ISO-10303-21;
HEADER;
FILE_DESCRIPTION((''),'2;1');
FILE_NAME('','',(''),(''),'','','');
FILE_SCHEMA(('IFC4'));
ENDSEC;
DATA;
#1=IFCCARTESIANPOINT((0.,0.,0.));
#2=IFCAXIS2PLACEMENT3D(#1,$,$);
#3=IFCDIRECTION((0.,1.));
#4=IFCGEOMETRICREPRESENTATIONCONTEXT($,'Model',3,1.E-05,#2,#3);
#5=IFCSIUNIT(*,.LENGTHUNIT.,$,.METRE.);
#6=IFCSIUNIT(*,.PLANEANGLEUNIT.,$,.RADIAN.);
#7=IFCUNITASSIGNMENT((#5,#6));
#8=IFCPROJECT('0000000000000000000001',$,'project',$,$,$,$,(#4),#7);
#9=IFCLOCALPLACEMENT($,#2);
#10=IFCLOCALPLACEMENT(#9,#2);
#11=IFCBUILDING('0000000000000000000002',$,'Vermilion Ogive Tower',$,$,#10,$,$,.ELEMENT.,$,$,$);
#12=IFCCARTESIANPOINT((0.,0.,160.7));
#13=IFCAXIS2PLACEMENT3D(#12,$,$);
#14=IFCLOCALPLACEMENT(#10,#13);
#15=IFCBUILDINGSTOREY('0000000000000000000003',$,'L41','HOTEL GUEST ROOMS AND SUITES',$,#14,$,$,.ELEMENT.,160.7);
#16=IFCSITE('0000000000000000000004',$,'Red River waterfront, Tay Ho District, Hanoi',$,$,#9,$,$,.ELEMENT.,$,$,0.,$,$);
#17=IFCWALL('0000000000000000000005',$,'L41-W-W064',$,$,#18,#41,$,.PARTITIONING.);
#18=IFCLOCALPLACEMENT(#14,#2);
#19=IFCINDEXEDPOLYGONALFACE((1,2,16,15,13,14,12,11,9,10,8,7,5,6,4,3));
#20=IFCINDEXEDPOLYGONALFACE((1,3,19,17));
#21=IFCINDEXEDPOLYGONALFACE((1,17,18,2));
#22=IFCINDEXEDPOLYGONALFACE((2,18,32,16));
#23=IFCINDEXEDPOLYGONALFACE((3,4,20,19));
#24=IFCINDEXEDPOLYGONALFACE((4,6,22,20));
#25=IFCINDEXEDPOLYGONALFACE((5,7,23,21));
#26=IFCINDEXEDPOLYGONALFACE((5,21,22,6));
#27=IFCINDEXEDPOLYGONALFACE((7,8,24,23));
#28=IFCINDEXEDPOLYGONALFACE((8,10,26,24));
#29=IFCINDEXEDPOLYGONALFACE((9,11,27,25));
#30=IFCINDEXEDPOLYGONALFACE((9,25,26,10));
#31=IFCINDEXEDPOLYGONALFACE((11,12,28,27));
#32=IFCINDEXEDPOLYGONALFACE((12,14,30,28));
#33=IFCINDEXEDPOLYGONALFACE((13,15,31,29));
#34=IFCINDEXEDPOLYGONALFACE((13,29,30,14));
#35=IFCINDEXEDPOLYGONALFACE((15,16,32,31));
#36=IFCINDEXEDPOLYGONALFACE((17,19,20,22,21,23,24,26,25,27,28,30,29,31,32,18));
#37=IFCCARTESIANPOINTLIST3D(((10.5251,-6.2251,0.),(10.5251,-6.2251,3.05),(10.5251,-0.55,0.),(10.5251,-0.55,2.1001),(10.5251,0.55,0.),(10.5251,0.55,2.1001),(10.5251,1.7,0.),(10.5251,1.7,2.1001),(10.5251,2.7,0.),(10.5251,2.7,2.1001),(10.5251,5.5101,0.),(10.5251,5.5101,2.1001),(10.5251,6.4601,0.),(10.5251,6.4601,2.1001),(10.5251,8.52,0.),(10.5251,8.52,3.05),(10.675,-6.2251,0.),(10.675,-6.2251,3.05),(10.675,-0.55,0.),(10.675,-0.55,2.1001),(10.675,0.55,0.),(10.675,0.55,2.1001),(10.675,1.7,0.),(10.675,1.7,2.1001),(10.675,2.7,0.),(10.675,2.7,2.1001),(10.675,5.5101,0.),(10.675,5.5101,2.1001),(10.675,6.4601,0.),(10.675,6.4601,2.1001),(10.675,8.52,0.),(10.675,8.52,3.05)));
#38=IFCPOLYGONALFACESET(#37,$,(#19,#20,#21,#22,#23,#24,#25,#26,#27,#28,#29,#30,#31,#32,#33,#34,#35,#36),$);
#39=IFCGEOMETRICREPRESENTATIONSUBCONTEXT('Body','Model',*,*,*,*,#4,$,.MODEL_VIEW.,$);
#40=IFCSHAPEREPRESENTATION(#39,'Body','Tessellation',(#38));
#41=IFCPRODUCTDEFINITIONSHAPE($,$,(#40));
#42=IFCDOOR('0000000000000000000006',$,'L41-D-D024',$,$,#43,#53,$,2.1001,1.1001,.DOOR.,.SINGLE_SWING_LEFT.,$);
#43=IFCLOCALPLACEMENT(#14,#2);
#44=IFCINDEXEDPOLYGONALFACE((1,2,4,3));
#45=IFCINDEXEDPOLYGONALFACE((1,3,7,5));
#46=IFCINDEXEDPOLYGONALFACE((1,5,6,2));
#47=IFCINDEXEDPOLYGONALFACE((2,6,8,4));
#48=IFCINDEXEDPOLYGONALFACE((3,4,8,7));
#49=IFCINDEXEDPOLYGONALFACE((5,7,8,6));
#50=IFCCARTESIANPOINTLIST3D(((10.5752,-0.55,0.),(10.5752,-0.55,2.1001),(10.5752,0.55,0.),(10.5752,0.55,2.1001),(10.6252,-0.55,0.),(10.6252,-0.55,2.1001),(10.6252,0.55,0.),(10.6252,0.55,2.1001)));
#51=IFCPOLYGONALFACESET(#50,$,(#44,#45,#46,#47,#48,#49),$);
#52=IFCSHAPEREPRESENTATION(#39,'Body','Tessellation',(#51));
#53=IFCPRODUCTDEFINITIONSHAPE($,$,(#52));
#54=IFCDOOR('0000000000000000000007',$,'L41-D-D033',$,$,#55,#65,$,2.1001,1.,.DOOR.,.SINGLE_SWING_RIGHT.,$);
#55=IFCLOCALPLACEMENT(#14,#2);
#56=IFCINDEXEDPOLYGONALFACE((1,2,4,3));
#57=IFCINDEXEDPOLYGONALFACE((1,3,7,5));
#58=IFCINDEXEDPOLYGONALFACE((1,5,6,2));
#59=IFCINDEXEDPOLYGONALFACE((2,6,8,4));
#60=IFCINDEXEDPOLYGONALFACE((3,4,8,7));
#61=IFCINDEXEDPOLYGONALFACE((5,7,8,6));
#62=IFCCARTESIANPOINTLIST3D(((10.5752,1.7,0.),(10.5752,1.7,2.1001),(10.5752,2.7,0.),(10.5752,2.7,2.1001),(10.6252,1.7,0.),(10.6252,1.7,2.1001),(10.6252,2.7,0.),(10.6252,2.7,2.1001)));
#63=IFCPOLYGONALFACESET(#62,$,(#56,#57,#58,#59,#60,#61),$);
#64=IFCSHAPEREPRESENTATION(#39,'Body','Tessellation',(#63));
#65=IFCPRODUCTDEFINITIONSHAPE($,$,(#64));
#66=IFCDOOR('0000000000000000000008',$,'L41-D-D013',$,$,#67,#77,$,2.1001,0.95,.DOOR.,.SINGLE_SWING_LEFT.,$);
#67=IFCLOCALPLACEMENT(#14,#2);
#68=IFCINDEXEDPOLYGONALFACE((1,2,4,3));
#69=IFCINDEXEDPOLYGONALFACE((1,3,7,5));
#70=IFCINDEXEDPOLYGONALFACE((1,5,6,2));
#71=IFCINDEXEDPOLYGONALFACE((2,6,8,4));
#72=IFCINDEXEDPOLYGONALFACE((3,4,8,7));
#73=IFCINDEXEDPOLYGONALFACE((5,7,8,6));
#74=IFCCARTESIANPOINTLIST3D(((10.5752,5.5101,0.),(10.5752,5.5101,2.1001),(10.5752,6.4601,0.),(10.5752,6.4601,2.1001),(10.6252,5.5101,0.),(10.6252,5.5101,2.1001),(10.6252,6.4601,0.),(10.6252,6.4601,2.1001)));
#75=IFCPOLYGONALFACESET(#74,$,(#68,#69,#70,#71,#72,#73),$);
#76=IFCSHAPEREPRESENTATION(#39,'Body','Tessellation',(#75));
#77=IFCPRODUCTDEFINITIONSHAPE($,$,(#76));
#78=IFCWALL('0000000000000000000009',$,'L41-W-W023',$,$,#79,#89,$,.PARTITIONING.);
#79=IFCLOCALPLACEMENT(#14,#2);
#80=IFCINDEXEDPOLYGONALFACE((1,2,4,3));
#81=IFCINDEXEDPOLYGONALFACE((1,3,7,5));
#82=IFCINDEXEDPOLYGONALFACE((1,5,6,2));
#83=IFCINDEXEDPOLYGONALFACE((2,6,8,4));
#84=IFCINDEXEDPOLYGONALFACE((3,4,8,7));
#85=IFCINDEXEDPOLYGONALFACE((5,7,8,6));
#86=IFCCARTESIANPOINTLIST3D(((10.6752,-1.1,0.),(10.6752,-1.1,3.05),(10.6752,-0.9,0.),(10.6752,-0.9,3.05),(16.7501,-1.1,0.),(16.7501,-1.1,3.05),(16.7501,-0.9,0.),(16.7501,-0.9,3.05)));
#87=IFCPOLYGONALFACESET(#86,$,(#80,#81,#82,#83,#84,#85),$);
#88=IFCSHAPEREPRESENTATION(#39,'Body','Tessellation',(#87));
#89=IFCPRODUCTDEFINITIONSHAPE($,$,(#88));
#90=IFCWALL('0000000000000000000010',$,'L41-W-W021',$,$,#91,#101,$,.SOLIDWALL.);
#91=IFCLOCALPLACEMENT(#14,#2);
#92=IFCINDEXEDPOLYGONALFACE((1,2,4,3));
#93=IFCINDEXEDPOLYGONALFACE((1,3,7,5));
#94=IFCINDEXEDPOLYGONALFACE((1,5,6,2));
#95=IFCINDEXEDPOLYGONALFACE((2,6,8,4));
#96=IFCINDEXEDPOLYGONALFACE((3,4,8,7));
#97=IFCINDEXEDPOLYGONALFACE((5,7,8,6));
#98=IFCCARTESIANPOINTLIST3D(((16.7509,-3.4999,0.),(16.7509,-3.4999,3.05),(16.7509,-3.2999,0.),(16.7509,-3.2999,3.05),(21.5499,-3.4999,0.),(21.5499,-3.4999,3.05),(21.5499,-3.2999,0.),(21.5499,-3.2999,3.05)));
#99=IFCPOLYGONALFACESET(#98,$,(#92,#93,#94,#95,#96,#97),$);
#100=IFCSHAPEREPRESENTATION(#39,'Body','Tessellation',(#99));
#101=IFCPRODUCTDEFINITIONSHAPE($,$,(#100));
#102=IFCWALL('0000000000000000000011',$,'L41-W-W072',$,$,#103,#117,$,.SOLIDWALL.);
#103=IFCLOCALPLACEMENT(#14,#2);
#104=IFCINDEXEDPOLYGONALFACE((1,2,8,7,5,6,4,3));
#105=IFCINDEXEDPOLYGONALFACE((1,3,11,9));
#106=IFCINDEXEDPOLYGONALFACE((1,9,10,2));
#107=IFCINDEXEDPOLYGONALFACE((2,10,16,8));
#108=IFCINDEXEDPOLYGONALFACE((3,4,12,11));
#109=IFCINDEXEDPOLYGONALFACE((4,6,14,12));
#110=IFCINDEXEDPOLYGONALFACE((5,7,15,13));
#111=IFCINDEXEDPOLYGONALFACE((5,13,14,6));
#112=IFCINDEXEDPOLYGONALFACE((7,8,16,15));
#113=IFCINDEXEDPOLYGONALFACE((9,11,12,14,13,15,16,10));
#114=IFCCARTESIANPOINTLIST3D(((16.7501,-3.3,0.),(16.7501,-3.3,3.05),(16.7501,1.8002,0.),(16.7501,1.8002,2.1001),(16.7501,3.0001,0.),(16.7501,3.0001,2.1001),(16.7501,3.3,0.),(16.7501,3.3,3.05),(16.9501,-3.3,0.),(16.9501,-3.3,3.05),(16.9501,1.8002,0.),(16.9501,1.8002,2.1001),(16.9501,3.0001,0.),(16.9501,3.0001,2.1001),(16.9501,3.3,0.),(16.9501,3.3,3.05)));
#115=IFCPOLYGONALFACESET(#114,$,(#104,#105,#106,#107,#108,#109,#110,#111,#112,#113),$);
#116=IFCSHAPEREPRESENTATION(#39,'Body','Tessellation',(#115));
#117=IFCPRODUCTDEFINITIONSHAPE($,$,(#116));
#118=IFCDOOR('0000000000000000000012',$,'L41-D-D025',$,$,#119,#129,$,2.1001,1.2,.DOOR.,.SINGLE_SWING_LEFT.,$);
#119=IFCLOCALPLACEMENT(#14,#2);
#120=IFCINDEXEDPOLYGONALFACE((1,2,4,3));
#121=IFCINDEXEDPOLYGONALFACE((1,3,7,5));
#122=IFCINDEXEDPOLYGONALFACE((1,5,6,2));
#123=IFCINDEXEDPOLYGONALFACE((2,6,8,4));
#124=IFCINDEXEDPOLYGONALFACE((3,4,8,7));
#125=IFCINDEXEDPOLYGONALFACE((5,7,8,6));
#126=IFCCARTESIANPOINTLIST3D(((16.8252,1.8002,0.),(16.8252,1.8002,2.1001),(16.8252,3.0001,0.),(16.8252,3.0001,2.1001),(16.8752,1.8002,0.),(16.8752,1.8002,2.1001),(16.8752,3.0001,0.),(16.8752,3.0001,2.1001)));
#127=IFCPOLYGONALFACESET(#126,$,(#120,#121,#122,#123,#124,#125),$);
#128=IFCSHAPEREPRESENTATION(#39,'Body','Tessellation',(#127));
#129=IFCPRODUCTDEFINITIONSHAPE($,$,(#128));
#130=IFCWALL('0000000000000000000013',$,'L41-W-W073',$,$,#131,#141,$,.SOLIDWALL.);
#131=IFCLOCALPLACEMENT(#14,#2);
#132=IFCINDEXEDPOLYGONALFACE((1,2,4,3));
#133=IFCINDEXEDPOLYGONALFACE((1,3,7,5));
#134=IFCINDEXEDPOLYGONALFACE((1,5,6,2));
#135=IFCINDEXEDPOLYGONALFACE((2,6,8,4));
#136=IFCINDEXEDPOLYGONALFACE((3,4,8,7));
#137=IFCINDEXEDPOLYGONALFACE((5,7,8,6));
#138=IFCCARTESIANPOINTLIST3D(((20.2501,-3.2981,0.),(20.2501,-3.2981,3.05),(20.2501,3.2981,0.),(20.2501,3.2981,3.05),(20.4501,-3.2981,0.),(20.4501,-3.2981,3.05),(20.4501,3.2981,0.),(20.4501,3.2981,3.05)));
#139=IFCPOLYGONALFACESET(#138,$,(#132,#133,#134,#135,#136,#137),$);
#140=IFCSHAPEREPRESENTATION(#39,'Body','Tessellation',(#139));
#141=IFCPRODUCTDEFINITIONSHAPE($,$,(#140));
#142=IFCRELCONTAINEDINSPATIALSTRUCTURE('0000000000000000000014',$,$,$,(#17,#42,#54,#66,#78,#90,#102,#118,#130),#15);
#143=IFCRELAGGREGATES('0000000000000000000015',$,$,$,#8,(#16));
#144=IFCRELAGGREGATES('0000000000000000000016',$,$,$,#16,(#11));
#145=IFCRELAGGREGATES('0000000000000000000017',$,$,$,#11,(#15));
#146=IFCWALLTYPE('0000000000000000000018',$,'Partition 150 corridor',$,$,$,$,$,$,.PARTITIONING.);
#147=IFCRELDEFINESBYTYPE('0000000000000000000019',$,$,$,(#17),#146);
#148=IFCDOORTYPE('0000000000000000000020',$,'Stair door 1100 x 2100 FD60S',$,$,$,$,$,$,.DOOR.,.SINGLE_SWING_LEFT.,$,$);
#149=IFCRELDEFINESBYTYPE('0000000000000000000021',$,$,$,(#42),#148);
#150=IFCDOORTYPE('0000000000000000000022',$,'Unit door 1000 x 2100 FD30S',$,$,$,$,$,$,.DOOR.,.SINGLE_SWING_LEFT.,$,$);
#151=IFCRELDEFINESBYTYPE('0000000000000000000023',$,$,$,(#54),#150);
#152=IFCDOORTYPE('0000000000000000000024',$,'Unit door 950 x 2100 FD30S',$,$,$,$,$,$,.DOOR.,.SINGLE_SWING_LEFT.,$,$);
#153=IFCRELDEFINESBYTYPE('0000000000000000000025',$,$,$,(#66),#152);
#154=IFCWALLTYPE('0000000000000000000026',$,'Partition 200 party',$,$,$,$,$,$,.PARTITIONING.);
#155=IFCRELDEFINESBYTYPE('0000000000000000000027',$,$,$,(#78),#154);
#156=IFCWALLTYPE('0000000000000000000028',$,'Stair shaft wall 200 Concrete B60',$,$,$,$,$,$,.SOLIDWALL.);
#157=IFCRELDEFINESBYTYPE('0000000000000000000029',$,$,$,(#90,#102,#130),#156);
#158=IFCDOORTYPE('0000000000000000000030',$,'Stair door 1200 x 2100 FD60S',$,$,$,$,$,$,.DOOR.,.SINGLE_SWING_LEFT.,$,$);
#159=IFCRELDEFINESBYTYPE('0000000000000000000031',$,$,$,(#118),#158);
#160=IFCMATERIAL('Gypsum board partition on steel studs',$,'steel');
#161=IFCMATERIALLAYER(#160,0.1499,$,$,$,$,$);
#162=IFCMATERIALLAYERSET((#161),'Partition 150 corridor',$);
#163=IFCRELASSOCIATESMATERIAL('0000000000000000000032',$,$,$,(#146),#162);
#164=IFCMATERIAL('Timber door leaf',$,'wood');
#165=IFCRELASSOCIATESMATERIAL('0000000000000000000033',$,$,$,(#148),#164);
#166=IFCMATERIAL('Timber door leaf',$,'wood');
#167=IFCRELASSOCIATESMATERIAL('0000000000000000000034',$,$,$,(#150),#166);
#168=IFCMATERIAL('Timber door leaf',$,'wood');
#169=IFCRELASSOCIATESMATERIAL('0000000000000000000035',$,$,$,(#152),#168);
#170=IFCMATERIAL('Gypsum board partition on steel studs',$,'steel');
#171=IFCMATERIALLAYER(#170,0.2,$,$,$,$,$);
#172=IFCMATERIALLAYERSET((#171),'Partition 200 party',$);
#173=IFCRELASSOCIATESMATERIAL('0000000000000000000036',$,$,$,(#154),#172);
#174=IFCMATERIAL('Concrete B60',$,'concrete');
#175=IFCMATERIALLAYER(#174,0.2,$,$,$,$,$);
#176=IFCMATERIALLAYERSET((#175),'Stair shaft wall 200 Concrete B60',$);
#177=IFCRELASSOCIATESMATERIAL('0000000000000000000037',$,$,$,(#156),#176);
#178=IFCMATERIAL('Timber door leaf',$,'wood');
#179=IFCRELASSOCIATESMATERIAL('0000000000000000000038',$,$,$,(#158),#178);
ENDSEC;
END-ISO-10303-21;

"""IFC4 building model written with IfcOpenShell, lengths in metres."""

from ifc_helpers import new_model, si_unit, direction, frame, frame_2d, origin, place, context, subcontext, project, spatial, rectangle, extrude, material, layer, layer_set, type_object, element, fill, save


model = new_model("IFC4")

# Units and contexts
model_context = context("Model", 3, precision=1e-05, world=origin(), true_north=direction((0.0, 1.0)))
body_context = subcontext(model_context, "Body", "Model", "MODEL_VIEW")
ifc_project = project(units=[si_unit("LENGTHUNIT", "METRE"), si_unit("PLANEANGLEUNIT", "RADIAN")], contexts=[model_context])

# Site, building, storey
site_placement = place(None, origin())
site = spatial("IfcSite", under=ifc_project, at=site_placement, Name="Red River waterfront, Tay Ho District, Hanoi", CompositionType="ELEMENT", RefElevation=0.0)
building_placement = place(site_placement, origin())
building = spatial("IfcBuilding", under=site, at=building_placement, Name="Vermilion Ogive Tower", CompositionType="ELEMENT")
storey_placement = place(building_placement, frame((0.0, 0.0, 160.7)))
storey = spatial("IfcBuildingStorey", under=building, at=storey_placement, Name="L41", Description="HOTEL GUEST ROOMS AND SUITES", CompositionType="ELEMENT", Elevation=160.7)

# Wall, openings, doors
ifc_material_1 = material(Name="Gypsum board partition on steel studs", Category="steel")
ifc_layer_1 = layer(ifc_material_1, 0.1499)
ifc_layer_set_1 = layer_set([ifc_layer_1], Name="Partition 150 corridor")
wall_type_1 = type_object("IfcWallType", Name="Partition 150 corridor", PredefinedType="PARTITIONING", material=ifc_layer_set_1)
wall_1_placement = place(storey_placement, frame((10.6001, -6.2251, 0.0), z_axis=(0.0, 0.0, 1.0), x_axis=(0.0, 1.0, 0.0)))
wall_1 = element("IfcWall", 1, at=wall_1_placement, inside=storey, type_object=wall_type_1, Name="L41-W-W064", PredefinedType="PARTITIONING", context=body_context, shape_type="SweptSolid", body=[
    extrude(rectangle(XDim=14.7451, YDim=0.1499, at=frame_2d((7.3726, 0.0))), origin(), (0.0, 0.0, 1.0), 3.05),
])
opening_1_placement = place(wall_1_placement, frame((11.7351, 0.0, 0.0)))
opening_1 = element("IfcOpeningElement", 2, at=opening_1_placement, cuts=wall_1, PredefinedType="OPENING", context=body_context, shape_type="SweptSolid", body=[
    extrude(rectangle(XDim=0.95, YDim=2.1001, at=frame_2d((0.4751, 1.05))), frame((0.0, 0.085, 0.0), z_axis=(0.0, -1.0, 0.0), x_axis=(1.0, 0.0, 0.0)), (0.0, 0.0, 1.0), 0.1699),
])
opening_2_placement = place(wall_1_placement, frame((5.675, 0.0, 0.0)))
opening_2 = element("IfcOpeningElement", 3, at=opening_2_placement, cuts=wall_1, PredefinedType="OPENING", context=body_context, shape_type="SweptSolid", body=[
    extrude(rectangle(XDim=1.1001, YDim=2.1001, at=frame_2d((0.55, 1.05))), frame((0.0, 0.085, 0.0), z_axis=(0.0, -1.0, 0.0), x_axis=(1.0, 0.0, 0.0)), (0.0, 0.0, 1.0), 0.1699),
])
opening_3_placement = place(wall_1_placement, frame((7.925, 0.0, 0.0)))
opening_3 = element("IfcOpeningElement", 4, at=opening_3_placement, cuts=wall_1, PredefinedType="OPENING", context=body_context, shape_type="SweptSolid", body=[
    extrude(rectangle(XDim=1.0, YDim=2.1001, at=frame_2d((0.5, 1.05))), frame((0.0, 0.085, 0.0), z_axis=(0.0, -1.0, 0.0), x_axis=(1.0, 0.0, 0.0)), (0.0, 0.0, 1.0), 0.1699),
])
ifc_material_2 = material(Name="Timber door leaf", Category="wood")
door_type_1 = type_object("IfcDoorType", Name="Stair door 1100 x 2100 FD60S", OperationType="SINGLE_SWING_LEFT", PredefinedType="DOOR", material=ifc_material_2)
door_1_placement = place(opening_2_placement, origin())
door_1 = element("IfcDoor", 5, at=door_1_placement, inside=storey, type_object=door_type_1, Name="L41-D-D024", OperationType="SINGLE_SWING_LEFT", OverallHeight=2.1001, OverallWidth=1.1001, PredefinedType="DOOR", context=body_context, shape_type="SweptSolid", body=[
    extrude(rectangle(XDim=1.1001, YDim=2.1001, at=frame_2d((0.55, 1.05))), frame((0.0, 0.0249, 0.0), z_axis=(0.0, -1.0, 0.0), x_axis=(1.0, 0.0, 0.0)), (0.0, 0.0, 1.0), 0.05),
])
fill(opening_2, door_1)
ifc_material_3 = material(Name="Timber door leaf", Category="wood")
door_type_2 = type_object("IfcDoorType", Name="Unit door 1000 x 2100 FD30S", OperationType="SINGLE_SWING_LEFT", PredefinedType="DOOR", material=ifc_material_3)
door_2_placement = place(opening_3_placement, origin())
door_2 = element("IfcDoor", 6, at=door_2_placement, inside=storey, type_object=door_type_2, Name="L41-D-D033", OperationType="SINGLE_SWING_RIGHT", OverallHeight=2.1001, OverallWidth=1.0, PredefinedType="DOOR", context=body_context, shape_type="SweptSolid", body=[
    extrude(rectangle(XDim=1.0, YDim=2.1001, at=frame_2d((0.5, 1.05))), frame((0.0, 0.0249, 0.0), z_axis=(0.0, -1.0, 0.0), x_axis=(1.0, 0.0, 0.0)), (0.0, 0.0, 1.0), 0.05),
])
fill(opening_3, door_2)
ifc_material_4 = material(Name="Timber door leaf", Category="wood")
door_type_3 = type_object("IfcDoorType", Name="Unit door 950 x 2100 FD30S", OperationType="SINGLE_SWING_LEFT", PredefinedType="DOOR", material=ifc_material_4)
door_3_placement = place(opening_1_placement, origin())
door_3 = element("IfcDoor", 7, at=door_3_placement, inside=storey, type_object=door_type_3, Name="L41-D-D013", OperationType="SINGLE_SWING_LEFT", OverallHeight=2.1001, OverallWidth=0.95, PredefinedType="DOOR", context=body_context, shape_type="SweptSolid", body=[
    extrude(rectangle(XDim=0.95, YDim=2.1001, at=frame_2d((0.4751, 1.05))), frame((0.0, 0.0249, 0.0), z_axis=(0.0, -1.0, 0.0), x_axis=(1.0, 0.0, 0.0)), (0.0, 0.0, 1.0), 0.05),
])
fill(opening_1, door_3)

# Walls
ifc_material_5 = material(Name="Gypsum board partition on steel studs", Category="steel")
ifc_layer_2 = layer(ifc_material_5, 0.2)
ifc_layer_set_2 = layer_set([ifc_layer_2], Name="Partition 200 party")
wall_type_2 = type_object("IfcWallType", Name="Partition 200 party", PredefinedType="PARTITIONING", material=ifc_layer_set_2)
wall_2_placement = place(storey_placement, frame((10.675, -1.0, 0.0), z_axis=(0.0, 0.0, 1.0), x_axis=(1.0, 0.0, 0.0)))
element("IfcWall", 8, at=wall_2_placement, inside=storey, type_object=wall_type_2, Name="L41-W-W023", PredefinedType="PARTITIONING", context=body_context, shape_type="SweptSolid", body=[
    extrude(rectangle(XDim=6.075, YDim=0.2, at=frame_2d((3.0376, 0.0))), origin(), (0.0, 0.0, 1.0), 3.05),
])
ifc_material_6 = material(Name="Concrete B60", Category="concrete")
ifc_layer_3 = layer(ifc_material_6, 0.2)
ifc_layer_set_3 = layer_set([ifc_layer_3], Name="Stair shaft wall 200 Concrete B60")
wall_type_3 = type_object("IfcWallType", Name="Stair shaft wall 200 Concrete B60", PredefinedType="SOLIDWALL", material=ifc_layer_set_3)
wall_3_placement = place(storey_placement, frame((16.751, -3.3999, 0.0), z_axis=(0.0, 0.0, 1.0), x_axis=(1.0, 0.0, 0.0)))
element("IfcWall", 9, at=wall_3_placement, inside=storey, type_object=wall_type_3, Name="L41-W-W021", PredefinedType="SOLIDWALL", context=body_context, shape_type="SweptSolid", body=[
    extrude(rectangle(XDim=4.7991, YDim=0.2, at=frame_2d((2.3994, 0.0))), origin(), (0.0, 0.0, 1.0), 3.05),
])

# Wall, opening, door
wall_4_placement = place(storey_placement, frame((16.8501, -3.3, 0.0), z_axis=(0.0, 0.0, 1.0), x_axis=(0.0, 1.0, 0.0)))
wall_4 = element("IfcWall", 10, at=wall_4_placement, inside=storey, type_object=wall_type_3, Name="L41-W-W072", PredefinedType="SOLIDWALL", context=body_context, shape_type="SweptSolid", body=[
    extrude(rectangle(XDim=6.6001, YDim=0.2, at=frame_2d((3.3, 0.0))), origin(), (0.0, 0.0, 1.0), 3.05),
])
opening_4_placement = place(wall_4_placement, frame((5.1001, 0.0, 0.0)))
opening_4 = element("IfcOpeningElement", 11, at=opening_4_placement, cuts=wall_4, PredefinedType="OPENING", context=body_context, shape_type="SweptSolid", body=[
    extrude(rectangle(XDim=1.2, YDim=2.1001, at=frame_2d((0.6001, 1.05))), frame((0.0, 0.1099, 0.0), z_axis=(0.0, -1.0, 0.0), x_axis=(1.0, 0.0, 0.0)), (0.0, 0.0, 1.0), 0.22),
])
ifc_material_7 = material(Name="Timber door leaf", Category="wood")
door_type_4 = type_object("IfcDoorType", Name="Stair door 1200 x 2100 FD60S", OperationType="SINGLE_SWING_LEFT", PredefinedType="DOOR", material=ifc_material_7)
door_4_placement = place(opening_4_placement, origin())
door_4 = element("IfcDoor", 12, at=door_4_placement, inside=storey, type_object=door_type_4, Name="L41-D-D025", OperationType="SINGLE_SWING_LEFT", OverallHeight=2.1001, OverallWidth=1.2, PredefinedType="DOOR", context=body_context, shape_type="SweptSolid", body=[
    extrude(rectangle(XDim=1.2, YDim=2.1001, at=frame_2d((0.6001, 1.05))), frame((0.0, 0.0249, 0.0), z_axis=(0.0, -1.0, 0.0), x_axis=(1.0, 0.0, 0.0)), (0.0, 0.0, 1.0), 0.05),
])
fill(opening_4, door_4)

# Wall
wall_5_placement = place(storey_placement, frame((20.3501, -3.2981, 0.0), z_axis=(0.0, 0.0, 1.0), x_axis=(0.0, 1.0, 0.0)))
element("IfcWall", 13, at=wall_5_placement, inside=storey, type_object=wall_type_3, Name="L41-W-W073", PredefinedType="SOLIDWALL", context=body_context, shape_type="SweptSolid", body=[
    extrude(rectangle(XDim=6.5962, YDim=0.2, at=frame_2d((3.2981, 0.0))), origin(), (0.0, 0.0, 1.0), 3.05),
])

save(model, "model.ifc")
